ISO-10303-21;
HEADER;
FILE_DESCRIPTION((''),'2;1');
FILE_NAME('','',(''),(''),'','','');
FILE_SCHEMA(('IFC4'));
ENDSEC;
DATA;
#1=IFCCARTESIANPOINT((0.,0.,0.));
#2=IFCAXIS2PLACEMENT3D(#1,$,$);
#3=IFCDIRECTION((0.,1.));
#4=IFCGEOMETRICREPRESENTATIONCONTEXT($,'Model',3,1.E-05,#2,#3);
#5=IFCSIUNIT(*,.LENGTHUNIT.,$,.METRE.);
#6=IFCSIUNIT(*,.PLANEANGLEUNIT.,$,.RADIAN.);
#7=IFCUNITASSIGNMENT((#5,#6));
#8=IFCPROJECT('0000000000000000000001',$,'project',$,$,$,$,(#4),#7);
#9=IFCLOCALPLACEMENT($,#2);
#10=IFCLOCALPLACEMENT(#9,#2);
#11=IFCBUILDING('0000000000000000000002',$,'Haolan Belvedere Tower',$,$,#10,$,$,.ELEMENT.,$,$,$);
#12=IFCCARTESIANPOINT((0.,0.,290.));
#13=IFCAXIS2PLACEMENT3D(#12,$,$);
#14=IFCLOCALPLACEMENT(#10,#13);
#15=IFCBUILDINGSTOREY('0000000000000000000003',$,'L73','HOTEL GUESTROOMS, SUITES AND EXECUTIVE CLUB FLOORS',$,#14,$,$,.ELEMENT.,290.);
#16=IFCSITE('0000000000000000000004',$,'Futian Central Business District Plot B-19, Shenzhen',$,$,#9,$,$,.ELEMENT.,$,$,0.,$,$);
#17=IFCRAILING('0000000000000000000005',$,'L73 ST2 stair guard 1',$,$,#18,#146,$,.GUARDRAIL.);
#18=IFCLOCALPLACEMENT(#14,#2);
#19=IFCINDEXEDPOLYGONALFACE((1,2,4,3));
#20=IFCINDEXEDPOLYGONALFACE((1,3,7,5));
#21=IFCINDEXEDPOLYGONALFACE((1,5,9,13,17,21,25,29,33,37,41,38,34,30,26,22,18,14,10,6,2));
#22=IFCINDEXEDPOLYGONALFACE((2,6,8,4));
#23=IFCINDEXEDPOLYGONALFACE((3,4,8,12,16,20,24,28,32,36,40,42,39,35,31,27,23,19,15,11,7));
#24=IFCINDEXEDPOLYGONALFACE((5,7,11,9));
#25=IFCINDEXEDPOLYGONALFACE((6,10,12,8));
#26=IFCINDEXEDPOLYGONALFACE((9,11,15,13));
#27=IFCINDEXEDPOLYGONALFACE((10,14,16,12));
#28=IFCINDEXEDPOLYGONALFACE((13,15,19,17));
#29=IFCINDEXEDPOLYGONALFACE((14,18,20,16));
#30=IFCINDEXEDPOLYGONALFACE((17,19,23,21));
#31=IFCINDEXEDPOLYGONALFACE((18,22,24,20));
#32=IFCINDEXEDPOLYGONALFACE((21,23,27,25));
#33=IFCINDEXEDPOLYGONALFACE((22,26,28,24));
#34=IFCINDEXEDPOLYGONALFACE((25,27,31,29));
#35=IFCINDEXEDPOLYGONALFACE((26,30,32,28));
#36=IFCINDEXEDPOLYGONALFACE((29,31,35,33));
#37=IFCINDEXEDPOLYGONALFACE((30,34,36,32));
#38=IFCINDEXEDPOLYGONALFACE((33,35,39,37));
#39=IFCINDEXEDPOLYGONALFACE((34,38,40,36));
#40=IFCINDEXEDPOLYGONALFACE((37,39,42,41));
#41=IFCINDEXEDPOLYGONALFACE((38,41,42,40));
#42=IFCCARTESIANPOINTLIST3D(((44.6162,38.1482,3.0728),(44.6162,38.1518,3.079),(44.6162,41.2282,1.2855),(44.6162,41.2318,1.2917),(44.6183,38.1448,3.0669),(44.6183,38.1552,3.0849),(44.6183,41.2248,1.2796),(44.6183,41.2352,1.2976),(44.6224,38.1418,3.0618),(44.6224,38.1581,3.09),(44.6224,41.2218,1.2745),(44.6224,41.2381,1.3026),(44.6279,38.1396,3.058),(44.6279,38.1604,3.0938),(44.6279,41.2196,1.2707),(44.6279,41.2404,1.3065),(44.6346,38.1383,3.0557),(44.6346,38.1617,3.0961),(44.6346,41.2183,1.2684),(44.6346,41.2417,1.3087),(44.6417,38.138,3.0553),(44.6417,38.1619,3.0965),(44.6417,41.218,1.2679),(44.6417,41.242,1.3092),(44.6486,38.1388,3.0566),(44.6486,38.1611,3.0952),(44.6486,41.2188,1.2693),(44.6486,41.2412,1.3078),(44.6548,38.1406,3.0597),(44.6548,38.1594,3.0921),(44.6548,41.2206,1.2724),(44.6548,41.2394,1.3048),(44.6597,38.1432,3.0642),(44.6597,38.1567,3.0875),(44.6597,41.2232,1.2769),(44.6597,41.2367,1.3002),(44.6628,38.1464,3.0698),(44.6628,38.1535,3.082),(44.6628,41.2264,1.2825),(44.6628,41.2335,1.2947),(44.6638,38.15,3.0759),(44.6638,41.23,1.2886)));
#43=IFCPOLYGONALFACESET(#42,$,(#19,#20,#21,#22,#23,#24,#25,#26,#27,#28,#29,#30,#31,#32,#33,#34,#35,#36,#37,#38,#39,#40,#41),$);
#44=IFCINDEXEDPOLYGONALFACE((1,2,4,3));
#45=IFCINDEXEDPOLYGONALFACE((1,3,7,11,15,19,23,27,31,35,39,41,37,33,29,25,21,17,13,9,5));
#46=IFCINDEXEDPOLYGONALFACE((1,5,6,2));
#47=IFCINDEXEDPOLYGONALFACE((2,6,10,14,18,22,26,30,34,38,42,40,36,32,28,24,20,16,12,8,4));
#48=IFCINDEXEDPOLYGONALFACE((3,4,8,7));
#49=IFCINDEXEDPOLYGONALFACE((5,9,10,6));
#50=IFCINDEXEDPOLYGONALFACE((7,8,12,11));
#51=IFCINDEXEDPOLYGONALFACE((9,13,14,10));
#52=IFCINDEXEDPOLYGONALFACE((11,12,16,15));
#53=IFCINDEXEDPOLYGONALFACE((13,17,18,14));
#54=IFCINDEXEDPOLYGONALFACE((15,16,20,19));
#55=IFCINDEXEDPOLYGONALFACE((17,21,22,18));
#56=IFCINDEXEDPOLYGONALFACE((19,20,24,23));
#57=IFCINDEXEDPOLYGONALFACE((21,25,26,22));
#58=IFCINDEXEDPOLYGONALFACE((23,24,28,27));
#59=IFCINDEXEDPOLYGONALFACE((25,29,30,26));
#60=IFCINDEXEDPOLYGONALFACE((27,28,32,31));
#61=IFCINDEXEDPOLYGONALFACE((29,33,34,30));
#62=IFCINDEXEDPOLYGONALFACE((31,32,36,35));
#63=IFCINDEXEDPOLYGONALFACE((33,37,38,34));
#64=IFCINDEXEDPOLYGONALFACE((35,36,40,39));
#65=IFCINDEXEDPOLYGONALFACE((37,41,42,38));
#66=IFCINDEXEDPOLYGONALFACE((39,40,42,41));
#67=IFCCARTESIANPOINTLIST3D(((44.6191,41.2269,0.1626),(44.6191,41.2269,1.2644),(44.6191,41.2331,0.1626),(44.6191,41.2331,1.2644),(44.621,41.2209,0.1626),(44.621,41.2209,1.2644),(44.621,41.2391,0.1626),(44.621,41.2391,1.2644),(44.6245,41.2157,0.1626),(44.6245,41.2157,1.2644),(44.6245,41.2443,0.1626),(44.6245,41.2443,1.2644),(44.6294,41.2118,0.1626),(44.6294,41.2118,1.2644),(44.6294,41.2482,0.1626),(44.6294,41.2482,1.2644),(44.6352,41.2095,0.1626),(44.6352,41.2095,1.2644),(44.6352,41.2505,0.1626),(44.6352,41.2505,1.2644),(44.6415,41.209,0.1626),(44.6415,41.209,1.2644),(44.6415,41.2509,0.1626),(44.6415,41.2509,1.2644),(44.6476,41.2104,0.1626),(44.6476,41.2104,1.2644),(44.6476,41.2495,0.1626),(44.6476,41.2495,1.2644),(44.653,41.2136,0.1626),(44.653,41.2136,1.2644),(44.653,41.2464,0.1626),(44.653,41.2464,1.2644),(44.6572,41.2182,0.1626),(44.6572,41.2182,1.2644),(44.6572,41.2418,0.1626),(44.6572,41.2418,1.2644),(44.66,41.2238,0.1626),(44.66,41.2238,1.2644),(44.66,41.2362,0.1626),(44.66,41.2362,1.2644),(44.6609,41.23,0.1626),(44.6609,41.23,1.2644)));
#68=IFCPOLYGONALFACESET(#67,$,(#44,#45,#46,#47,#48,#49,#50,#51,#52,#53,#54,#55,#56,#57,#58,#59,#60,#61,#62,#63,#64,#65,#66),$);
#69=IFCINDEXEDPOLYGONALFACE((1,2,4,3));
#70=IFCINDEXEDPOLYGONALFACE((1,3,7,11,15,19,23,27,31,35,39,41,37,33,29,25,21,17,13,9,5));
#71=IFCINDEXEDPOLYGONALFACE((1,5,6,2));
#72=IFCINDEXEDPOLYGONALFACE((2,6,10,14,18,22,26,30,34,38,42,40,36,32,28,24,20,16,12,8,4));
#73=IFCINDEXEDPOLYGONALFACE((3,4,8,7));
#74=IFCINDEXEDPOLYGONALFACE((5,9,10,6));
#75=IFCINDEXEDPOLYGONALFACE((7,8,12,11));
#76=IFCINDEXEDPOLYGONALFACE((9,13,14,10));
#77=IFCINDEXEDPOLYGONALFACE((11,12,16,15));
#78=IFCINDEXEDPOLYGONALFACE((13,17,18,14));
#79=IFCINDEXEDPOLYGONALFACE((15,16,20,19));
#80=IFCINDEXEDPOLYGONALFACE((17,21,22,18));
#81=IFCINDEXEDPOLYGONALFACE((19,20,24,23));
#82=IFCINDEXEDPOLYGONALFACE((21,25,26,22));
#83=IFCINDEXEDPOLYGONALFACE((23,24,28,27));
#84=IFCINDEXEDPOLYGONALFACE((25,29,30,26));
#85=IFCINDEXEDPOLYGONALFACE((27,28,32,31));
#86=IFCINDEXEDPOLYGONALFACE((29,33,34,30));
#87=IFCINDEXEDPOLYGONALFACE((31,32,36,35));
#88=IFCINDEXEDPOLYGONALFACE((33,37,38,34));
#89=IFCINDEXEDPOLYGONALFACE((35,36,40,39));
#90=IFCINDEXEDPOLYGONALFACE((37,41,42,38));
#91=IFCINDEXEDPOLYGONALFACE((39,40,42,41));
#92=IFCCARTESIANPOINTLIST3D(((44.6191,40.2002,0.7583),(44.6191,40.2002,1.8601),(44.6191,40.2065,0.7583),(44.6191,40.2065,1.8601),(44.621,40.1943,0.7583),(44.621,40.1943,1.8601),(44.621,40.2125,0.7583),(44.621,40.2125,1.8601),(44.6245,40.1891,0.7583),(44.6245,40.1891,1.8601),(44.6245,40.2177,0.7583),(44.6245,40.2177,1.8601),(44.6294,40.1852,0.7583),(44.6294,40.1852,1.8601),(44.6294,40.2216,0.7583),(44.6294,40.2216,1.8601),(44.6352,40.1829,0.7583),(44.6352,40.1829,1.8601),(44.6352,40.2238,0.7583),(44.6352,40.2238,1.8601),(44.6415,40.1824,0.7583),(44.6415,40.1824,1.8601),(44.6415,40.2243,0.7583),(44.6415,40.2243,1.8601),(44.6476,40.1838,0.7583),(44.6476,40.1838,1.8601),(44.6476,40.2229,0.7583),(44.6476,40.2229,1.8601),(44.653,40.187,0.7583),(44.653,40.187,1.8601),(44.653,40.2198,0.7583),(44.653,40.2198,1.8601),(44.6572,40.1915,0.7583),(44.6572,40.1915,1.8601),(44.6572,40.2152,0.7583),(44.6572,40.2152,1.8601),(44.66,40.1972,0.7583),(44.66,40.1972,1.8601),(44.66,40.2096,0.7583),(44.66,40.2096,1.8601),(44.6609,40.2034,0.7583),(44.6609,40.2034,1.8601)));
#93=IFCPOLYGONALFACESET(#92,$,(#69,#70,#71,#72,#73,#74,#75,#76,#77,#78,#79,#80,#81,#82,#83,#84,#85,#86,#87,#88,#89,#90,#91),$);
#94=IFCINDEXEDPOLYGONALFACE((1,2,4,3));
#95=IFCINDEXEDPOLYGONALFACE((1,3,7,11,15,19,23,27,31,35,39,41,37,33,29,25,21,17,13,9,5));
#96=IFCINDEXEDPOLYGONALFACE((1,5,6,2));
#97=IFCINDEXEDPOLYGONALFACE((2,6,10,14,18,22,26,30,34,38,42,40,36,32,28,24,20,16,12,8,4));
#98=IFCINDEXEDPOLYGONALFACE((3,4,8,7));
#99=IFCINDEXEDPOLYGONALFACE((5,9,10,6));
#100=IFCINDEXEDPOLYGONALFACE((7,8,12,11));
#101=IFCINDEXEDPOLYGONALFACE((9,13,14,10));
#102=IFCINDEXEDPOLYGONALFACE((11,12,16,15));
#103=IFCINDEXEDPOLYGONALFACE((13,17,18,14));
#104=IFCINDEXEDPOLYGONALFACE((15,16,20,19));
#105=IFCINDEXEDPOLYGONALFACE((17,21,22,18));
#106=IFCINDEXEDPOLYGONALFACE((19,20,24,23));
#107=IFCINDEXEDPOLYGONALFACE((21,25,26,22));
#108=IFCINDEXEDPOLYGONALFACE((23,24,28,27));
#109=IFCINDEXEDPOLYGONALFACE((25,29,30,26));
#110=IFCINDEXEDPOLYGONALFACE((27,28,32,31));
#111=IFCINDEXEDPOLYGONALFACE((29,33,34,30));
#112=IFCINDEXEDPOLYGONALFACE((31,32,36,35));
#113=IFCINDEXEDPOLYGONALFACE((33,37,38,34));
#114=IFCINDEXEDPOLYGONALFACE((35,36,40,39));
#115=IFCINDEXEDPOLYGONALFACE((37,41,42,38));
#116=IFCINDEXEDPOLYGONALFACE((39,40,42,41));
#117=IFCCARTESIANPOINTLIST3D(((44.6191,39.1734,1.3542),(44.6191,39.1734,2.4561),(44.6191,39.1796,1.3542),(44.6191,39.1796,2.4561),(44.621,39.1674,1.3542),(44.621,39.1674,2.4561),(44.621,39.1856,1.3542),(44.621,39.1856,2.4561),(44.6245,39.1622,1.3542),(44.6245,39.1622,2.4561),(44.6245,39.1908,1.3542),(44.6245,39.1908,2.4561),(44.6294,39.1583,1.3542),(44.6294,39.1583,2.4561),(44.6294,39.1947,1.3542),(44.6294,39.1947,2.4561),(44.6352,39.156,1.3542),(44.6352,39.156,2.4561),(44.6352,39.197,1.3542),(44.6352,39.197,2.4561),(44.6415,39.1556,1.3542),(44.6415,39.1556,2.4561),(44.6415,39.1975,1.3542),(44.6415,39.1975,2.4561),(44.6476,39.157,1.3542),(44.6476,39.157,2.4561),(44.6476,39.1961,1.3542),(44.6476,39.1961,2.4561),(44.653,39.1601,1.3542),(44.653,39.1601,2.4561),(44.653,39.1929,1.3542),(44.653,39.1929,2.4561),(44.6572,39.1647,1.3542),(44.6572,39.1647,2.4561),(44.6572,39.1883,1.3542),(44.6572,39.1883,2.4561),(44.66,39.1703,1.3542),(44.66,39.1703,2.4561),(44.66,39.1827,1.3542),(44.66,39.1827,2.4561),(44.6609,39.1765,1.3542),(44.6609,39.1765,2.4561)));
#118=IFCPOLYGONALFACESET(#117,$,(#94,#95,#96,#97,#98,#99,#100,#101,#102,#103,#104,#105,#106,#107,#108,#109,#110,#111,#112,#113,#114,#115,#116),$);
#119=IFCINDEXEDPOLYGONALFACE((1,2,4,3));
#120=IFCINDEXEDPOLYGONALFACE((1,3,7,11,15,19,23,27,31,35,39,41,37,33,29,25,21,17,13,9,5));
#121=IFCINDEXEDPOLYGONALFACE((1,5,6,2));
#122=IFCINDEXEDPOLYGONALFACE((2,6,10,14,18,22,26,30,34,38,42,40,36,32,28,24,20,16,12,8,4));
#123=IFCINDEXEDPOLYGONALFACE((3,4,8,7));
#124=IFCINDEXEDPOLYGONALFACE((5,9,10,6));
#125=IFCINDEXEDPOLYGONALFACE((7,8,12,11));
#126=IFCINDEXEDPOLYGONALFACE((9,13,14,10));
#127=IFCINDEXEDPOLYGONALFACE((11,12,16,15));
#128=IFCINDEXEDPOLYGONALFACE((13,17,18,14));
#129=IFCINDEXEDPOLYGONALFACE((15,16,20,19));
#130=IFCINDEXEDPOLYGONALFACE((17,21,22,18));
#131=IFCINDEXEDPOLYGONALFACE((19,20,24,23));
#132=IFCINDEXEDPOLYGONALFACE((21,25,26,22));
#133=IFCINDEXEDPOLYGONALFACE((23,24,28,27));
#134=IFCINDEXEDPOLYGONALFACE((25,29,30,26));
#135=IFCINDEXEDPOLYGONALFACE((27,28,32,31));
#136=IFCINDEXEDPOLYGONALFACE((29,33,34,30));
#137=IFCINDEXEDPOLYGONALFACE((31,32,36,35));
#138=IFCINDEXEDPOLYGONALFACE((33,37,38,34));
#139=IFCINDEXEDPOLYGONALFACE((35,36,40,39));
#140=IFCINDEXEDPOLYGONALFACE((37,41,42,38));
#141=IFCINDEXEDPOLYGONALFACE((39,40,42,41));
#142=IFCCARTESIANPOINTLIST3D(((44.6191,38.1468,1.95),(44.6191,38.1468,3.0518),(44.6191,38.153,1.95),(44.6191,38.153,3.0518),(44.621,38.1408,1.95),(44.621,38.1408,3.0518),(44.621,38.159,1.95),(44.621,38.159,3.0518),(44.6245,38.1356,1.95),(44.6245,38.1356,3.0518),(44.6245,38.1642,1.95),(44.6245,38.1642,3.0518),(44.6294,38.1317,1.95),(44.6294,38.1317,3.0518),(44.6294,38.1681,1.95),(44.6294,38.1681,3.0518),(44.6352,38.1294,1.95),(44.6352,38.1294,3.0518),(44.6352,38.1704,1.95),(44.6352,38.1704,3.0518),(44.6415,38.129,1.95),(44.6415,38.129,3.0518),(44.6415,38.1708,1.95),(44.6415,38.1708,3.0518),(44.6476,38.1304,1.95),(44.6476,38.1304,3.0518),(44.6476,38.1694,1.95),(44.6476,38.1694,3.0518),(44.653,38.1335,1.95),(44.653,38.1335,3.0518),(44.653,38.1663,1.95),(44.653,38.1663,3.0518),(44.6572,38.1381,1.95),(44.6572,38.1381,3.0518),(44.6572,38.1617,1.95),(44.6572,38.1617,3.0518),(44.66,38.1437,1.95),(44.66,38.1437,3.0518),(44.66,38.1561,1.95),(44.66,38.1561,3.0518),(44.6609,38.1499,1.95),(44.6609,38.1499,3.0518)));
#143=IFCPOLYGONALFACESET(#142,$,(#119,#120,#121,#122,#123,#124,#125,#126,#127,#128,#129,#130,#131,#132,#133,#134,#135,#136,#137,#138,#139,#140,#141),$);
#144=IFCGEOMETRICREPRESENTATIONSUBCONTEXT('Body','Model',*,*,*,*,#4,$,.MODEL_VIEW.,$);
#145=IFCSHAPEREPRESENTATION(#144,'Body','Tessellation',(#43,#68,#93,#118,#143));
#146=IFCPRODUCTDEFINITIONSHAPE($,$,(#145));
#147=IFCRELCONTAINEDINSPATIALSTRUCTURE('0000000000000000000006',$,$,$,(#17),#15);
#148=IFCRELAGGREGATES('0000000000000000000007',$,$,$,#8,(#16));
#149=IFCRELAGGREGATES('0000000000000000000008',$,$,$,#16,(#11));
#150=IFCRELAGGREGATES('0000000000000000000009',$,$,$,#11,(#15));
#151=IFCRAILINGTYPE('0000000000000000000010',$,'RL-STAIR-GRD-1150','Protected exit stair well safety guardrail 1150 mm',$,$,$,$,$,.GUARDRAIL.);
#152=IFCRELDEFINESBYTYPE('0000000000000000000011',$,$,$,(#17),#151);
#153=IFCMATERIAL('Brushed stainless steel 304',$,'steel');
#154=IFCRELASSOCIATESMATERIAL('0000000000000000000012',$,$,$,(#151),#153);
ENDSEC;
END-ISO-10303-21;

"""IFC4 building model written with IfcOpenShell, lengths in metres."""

from ifc_helpers import new_model, si_unit, direction, frame, origin, origin_2d, place, context, subcontext, project, spatial, circle, extrude, material, type_object, element, save


model = new_model("IFC4")

# Units and contexts
model_context = context("Model", 3, precision=1e-05, world=origin(), true_north=direction((0.0, 1.0)))
body_context = subcontext(model_context, "Body", "Model", "MODEL_VIEW")
ifc_project = project(units=[si_unit("LENGTHUNIT", "METRE"), si_unit("PLANEANGLEUNIT", "RADIAN")], contexts=[model_context])

# Site, building, storey
site_placement = place(None, origin())
site = spatial("IfcSite", under=ifc_project, at=site_placement, Name="Futian Central Business District Plot B-19, Shenzhen", CompositionType="ELEMENT", RefElevation=0.0)
building_placement = place(site_placement, origin())
building = spatial("IfcBuilding", under=site, at=building_placement, Name="Haolan Belvedere Tower", CompositionType="ELEMENT")
storey_placement = place(building_placement, frame((0.0, 0.0, 290.0)))
storey = spatial("IfcBuildingStorey", under=building, at=storey_placement, Name="L73", Description="HOTEL GUESTROOMS, SUITES AND EXECUTIVE CLUB FLOORS", CompositionType="ELEMENT", Elevation=290.0)

# Railing
ifc_material_1 = material(Name="Brushed stainless steel 304", Category="steel")
railing_type_1 = type_object("IfcRailingType", Name="RL-STAIR-GRD-1150", Description="Protected exit stair well safety guardrail 1150 mm", PredefinedType="GUARDRAIL", material=ifc_material_1)
railing_1_placement = place(storey_placement, frame((44.6399, 41.23, 0.1626)))
element("IfcRailing", 1, at=railing_1_placement, inside=storey, type_object=railing_type_1, Name="L73 ST2 stair guard 1", PredefinedType="GUARDRAIL", context=body_context, shape_type="SweptSolid", body=[
    extrude(circle(Radius=0.0239, at=origin_2d()), frame((0.0, 0.0, 1.126), z_axis=(0.0, -0.86492, 0.501909), x_axis=(1.0, 0.0, 0.0)), (0.0, 0.0, 1.0), 3.561),
    extrude(circle(Radius=0.021, at=origin_2d()), origin(), (0.0, 0.0, 1.0), 1.1018),
    extrude(circle(Radius=0.021, at=origin_2d()), frame((0.0, -1.0266, 0.5957)), (0.0, 0.0, 1.0), 1.1018),
    extrude(circle(Radius=0.021, at=origin_2d()), frame((0.0, -2.0535, 1.1917)), (0.0, 0.0, 1.0), 1.1018),
    extrude(circle(Radius=0.021, at=origin_2d()), frame((0.0, -3.0801, 1.7874)), (0.0, 0.0, 1.0), 1.1018),
])

save(model, "model.ifc")
